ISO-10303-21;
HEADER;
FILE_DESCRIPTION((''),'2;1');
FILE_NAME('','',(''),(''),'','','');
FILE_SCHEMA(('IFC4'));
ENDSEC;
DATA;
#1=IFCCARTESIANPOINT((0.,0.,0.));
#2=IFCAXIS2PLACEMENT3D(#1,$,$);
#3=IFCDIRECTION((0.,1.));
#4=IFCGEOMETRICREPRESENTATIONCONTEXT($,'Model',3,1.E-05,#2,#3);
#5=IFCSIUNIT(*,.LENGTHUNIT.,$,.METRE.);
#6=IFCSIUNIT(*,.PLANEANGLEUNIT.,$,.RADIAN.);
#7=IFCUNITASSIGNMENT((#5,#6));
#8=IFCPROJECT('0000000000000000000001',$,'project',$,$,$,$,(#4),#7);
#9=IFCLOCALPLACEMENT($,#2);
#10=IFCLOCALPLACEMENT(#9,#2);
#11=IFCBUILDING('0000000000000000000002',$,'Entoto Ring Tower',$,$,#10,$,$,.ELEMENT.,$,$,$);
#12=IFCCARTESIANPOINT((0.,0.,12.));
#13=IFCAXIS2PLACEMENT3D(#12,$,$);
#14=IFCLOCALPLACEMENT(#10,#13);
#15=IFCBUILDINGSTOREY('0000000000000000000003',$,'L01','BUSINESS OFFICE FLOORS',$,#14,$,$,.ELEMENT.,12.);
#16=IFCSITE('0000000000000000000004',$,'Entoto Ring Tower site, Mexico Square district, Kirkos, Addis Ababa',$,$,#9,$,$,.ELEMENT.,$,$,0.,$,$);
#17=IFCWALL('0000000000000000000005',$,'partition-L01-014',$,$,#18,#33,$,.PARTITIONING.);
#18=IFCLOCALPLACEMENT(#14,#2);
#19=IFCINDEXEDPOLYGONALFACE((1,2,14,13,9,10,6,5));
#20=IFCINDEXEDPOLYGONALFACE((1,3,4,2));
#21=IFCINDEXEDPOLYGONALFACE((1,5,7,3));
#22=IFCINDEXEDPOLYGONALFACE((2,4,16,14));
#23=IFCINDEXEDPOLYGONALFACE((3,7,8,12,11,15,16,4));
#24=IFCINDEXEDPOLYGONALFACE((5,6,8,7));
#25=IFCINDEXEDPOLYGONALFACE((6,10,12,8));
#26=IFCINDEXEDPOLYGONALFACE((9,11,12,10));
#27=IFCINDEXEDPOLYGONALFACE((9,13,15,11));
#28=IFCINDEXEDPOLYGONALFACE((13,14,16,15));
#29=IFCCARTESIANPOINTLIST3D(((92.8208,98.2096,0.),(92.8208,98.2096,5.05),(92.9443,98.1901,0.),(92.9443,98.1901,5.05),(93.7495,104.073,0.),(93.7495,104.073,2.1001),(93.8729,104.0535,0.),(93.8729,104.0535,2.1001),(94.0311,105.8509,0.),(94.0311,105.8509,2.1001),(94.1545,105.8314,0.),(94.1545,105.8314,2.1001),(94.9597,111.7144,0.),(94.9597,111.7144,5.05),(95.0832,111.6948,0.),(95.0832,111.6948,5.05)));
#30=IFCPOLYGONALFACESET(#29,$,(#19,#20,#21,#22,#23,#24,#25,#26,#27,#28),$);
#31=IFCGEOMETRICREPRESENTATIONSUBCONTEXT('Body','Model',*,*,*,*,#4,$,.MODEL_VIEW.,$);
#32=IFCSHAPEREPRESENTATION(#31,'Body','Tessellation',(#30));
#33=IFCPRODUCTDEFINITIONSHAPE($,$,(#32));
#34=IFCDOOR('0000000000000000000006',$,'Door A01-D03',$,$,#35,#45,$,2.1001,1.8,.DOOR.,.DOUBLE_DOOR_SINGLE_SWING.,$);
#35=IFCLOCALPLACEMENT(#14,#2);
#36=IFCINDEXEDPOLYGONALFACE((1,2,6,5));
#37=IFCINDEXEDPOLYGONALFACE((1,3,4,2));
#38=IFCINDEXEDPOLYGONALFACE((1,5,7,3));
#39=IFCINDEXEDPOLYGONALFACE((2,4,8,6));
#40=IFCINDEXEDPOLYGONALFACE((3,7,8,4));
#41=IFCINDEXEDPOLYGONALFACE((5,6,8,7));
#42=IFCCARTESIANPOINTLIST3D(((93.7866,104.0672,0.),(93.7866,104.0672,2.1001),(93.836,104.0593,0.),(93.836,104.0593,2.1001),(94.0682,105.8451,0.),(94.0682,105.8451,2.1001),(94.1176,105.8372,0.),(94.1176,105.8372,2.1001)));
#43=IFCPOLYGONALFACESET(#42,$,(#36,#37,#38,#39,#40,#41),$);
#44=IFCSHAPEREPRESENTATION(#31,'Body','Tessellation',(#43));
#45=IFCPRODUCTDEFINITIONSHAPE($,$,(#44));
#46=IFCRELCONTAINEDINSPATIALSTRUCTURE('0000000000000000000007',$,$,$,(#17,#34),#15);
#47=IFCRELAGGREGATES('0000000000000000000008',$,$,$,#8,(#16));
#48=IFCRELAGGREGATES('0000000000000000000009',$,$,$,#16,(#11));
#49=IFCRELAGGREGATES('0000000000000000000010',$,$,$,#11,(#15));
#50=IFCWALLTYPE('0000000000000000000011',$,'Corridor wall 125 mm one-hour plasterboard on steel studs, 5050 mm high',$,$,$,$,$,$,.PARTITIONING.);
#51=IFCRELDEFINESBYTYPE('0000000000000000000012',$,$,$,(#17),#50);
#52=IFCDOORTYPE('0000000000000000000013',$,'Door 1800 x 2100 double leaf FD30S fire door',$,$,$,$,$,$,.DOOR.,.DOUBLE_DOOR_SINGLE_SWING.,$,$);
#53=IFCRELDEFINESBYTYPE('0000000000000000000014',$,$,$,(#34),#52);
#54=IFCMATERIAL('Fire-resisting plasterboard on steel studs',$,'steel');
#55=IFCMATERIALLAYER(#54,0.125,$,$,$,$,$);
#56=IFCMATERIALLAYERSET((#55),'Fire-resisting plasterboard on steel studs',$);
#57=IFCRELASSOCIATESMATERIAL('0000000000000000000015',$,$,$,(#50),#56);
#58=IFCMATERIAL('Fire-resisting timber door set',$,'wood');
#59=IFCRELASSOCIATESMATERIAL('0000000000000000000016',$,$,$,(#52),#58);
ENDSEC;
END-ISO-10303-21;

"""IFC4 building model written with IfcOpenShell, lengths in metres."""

from ifc_helpers import new_model, si_unit, direction, frame, frame_2d, origin, place, context, subcontext, project, spatial, rectangle, extrude, material, layer, layer_set, type_object, element, fill, save


model = new_model("IFC4")

# Units and contexts
model_context = context("Model", 3, precision=1e-05, world=origin(), true_north=direction((0.0, 1.0)))
body_context = subcontext(model_context, "Body", "Model", "MODEL_VIEW")
ifc_project = project(units=[si_unit("LENGTHUNIT", "METRE"), si_unit("PLANEANGLEUNIT", "RADIAN")], contexts=[model_context])

# Site, building, storey
site_placement = place(None, origin())
site = spatial("IfcSite", under=ifc_project, at=site_placement, Name="Entoto Ring Tower site, Mexico Square district, Kirkos, Addis Ababa", CompositionType="ELEMENT", RefElevation=0.0)
building_placement = place(site_placement, origin())
building = spatial("IfcBuilding", under=site, at=building_placement, Name="Entoto Ring Tower", CompositionType="ELEMENT")
storey_placement = place(building_placement, frame((0.0, 0.0, 12.0)))
storey = spatial("IfcBuildingStorey", under=building, at=storey_placement, Name="L01", Description="BUSINESS OFFICE FLOORS", CompositionType="ELEMENT", Elevation=12.0)

# Wall, opening, door
ifc_material_1 = material(Name="Fire-resisting plasterboard on steel studs", Category="steel")
ifc_layer_1 = layer(ifc_material_1, 0.125)
ifc_layer_set_1 = layer_set([ifc_layer_1], Name="Fire-resisting plasterboard on steel studs")
wall_type_1 = type_object("IfcWallType", Name="Corridor wall 125 mm one-hour plasterboard on steel studs, 5050 mm high", PredefinedType="PARTITIONING", material=ifc_layer_set_1)
wall_1_placement = place(storey_placement, frame((92.8826, 98.2, 0.0), z_axis=(0.0, 0.0, 1.0), x_axis=(0.156431, 0.987689, 0.0)))
wall_1 = element("IfcWall", 1, at=wall_1_placement, inside=storey, type_object=wall_type_1, Name="partition-L01-014", PredefinedType="PARTITIONING", context=body_context, shape_type="SweptSolid", body=[
    extrude(rectangle(XDim=13.6731, YDim=0.125, at=frame_2d((6.8364, 0.0))), origin(), (0.0, 0.0, 1.0), 5.05),
])
opening_1_placement = place(wall_1_placement, frame((5.9365, 0.0, 0.0)))
opening_1 = element("IfcOpeningElement", 2, at=opening_1_placement, cuts=wall_1, PredefinedType="OPENING", context=body_context, shape_type="SweptSolid", body=[
    extrude(rectangle(XDim=1.8, YDim=2.1001, at=frame_2d((0.8999, 1.05))), frame((0.0, 0.0725, 0.0), z_axis=(0.0, -1.0, 0.0), x_axis=(1.0, 0.0, 0.0)), (0.0, 0.0, 1.0), 0.145),
])
ifc_material_2 = material(Name="Fire-resisting timber door set", Category="wood")
door_type_1 = type_object("IfcDoorType", Name="Door 1800 x 2100 double leaf FD30S fire door", OperationType="DOUBLE_DOOR_SINGLE_SWING", PredefinedType="DOOR", material=ifc_material_2)
door_1_placement = place(opening_1_placement, origin())
door_1 = element("IfcDoor", 3, at=door_1_placement, inside=storey, type_object=door_type_1, Name="Door A01-D03", OperationType="DOUBLE_DOOR_SINGLE_SWING", OverallHeight=2.1001, OverallWidth=1.8, PredefinedType="DOOR", context=body_context, shape_type="SweptSolid", body=[
    extrude(rectangle(XDim=1.8, YDim=2.1001, at=frame_2d((0.8999, 1.05))), frame((0.0, 0.0249, 0.0), z_axis=(0.0, -1.0, 0.0), x_axis=(1.0, 0.0, 0.0)), (0.0, 0.0, 1.0), 0.05),
])
fill(opening_1, door_1)

save(model, "model.ifc")
